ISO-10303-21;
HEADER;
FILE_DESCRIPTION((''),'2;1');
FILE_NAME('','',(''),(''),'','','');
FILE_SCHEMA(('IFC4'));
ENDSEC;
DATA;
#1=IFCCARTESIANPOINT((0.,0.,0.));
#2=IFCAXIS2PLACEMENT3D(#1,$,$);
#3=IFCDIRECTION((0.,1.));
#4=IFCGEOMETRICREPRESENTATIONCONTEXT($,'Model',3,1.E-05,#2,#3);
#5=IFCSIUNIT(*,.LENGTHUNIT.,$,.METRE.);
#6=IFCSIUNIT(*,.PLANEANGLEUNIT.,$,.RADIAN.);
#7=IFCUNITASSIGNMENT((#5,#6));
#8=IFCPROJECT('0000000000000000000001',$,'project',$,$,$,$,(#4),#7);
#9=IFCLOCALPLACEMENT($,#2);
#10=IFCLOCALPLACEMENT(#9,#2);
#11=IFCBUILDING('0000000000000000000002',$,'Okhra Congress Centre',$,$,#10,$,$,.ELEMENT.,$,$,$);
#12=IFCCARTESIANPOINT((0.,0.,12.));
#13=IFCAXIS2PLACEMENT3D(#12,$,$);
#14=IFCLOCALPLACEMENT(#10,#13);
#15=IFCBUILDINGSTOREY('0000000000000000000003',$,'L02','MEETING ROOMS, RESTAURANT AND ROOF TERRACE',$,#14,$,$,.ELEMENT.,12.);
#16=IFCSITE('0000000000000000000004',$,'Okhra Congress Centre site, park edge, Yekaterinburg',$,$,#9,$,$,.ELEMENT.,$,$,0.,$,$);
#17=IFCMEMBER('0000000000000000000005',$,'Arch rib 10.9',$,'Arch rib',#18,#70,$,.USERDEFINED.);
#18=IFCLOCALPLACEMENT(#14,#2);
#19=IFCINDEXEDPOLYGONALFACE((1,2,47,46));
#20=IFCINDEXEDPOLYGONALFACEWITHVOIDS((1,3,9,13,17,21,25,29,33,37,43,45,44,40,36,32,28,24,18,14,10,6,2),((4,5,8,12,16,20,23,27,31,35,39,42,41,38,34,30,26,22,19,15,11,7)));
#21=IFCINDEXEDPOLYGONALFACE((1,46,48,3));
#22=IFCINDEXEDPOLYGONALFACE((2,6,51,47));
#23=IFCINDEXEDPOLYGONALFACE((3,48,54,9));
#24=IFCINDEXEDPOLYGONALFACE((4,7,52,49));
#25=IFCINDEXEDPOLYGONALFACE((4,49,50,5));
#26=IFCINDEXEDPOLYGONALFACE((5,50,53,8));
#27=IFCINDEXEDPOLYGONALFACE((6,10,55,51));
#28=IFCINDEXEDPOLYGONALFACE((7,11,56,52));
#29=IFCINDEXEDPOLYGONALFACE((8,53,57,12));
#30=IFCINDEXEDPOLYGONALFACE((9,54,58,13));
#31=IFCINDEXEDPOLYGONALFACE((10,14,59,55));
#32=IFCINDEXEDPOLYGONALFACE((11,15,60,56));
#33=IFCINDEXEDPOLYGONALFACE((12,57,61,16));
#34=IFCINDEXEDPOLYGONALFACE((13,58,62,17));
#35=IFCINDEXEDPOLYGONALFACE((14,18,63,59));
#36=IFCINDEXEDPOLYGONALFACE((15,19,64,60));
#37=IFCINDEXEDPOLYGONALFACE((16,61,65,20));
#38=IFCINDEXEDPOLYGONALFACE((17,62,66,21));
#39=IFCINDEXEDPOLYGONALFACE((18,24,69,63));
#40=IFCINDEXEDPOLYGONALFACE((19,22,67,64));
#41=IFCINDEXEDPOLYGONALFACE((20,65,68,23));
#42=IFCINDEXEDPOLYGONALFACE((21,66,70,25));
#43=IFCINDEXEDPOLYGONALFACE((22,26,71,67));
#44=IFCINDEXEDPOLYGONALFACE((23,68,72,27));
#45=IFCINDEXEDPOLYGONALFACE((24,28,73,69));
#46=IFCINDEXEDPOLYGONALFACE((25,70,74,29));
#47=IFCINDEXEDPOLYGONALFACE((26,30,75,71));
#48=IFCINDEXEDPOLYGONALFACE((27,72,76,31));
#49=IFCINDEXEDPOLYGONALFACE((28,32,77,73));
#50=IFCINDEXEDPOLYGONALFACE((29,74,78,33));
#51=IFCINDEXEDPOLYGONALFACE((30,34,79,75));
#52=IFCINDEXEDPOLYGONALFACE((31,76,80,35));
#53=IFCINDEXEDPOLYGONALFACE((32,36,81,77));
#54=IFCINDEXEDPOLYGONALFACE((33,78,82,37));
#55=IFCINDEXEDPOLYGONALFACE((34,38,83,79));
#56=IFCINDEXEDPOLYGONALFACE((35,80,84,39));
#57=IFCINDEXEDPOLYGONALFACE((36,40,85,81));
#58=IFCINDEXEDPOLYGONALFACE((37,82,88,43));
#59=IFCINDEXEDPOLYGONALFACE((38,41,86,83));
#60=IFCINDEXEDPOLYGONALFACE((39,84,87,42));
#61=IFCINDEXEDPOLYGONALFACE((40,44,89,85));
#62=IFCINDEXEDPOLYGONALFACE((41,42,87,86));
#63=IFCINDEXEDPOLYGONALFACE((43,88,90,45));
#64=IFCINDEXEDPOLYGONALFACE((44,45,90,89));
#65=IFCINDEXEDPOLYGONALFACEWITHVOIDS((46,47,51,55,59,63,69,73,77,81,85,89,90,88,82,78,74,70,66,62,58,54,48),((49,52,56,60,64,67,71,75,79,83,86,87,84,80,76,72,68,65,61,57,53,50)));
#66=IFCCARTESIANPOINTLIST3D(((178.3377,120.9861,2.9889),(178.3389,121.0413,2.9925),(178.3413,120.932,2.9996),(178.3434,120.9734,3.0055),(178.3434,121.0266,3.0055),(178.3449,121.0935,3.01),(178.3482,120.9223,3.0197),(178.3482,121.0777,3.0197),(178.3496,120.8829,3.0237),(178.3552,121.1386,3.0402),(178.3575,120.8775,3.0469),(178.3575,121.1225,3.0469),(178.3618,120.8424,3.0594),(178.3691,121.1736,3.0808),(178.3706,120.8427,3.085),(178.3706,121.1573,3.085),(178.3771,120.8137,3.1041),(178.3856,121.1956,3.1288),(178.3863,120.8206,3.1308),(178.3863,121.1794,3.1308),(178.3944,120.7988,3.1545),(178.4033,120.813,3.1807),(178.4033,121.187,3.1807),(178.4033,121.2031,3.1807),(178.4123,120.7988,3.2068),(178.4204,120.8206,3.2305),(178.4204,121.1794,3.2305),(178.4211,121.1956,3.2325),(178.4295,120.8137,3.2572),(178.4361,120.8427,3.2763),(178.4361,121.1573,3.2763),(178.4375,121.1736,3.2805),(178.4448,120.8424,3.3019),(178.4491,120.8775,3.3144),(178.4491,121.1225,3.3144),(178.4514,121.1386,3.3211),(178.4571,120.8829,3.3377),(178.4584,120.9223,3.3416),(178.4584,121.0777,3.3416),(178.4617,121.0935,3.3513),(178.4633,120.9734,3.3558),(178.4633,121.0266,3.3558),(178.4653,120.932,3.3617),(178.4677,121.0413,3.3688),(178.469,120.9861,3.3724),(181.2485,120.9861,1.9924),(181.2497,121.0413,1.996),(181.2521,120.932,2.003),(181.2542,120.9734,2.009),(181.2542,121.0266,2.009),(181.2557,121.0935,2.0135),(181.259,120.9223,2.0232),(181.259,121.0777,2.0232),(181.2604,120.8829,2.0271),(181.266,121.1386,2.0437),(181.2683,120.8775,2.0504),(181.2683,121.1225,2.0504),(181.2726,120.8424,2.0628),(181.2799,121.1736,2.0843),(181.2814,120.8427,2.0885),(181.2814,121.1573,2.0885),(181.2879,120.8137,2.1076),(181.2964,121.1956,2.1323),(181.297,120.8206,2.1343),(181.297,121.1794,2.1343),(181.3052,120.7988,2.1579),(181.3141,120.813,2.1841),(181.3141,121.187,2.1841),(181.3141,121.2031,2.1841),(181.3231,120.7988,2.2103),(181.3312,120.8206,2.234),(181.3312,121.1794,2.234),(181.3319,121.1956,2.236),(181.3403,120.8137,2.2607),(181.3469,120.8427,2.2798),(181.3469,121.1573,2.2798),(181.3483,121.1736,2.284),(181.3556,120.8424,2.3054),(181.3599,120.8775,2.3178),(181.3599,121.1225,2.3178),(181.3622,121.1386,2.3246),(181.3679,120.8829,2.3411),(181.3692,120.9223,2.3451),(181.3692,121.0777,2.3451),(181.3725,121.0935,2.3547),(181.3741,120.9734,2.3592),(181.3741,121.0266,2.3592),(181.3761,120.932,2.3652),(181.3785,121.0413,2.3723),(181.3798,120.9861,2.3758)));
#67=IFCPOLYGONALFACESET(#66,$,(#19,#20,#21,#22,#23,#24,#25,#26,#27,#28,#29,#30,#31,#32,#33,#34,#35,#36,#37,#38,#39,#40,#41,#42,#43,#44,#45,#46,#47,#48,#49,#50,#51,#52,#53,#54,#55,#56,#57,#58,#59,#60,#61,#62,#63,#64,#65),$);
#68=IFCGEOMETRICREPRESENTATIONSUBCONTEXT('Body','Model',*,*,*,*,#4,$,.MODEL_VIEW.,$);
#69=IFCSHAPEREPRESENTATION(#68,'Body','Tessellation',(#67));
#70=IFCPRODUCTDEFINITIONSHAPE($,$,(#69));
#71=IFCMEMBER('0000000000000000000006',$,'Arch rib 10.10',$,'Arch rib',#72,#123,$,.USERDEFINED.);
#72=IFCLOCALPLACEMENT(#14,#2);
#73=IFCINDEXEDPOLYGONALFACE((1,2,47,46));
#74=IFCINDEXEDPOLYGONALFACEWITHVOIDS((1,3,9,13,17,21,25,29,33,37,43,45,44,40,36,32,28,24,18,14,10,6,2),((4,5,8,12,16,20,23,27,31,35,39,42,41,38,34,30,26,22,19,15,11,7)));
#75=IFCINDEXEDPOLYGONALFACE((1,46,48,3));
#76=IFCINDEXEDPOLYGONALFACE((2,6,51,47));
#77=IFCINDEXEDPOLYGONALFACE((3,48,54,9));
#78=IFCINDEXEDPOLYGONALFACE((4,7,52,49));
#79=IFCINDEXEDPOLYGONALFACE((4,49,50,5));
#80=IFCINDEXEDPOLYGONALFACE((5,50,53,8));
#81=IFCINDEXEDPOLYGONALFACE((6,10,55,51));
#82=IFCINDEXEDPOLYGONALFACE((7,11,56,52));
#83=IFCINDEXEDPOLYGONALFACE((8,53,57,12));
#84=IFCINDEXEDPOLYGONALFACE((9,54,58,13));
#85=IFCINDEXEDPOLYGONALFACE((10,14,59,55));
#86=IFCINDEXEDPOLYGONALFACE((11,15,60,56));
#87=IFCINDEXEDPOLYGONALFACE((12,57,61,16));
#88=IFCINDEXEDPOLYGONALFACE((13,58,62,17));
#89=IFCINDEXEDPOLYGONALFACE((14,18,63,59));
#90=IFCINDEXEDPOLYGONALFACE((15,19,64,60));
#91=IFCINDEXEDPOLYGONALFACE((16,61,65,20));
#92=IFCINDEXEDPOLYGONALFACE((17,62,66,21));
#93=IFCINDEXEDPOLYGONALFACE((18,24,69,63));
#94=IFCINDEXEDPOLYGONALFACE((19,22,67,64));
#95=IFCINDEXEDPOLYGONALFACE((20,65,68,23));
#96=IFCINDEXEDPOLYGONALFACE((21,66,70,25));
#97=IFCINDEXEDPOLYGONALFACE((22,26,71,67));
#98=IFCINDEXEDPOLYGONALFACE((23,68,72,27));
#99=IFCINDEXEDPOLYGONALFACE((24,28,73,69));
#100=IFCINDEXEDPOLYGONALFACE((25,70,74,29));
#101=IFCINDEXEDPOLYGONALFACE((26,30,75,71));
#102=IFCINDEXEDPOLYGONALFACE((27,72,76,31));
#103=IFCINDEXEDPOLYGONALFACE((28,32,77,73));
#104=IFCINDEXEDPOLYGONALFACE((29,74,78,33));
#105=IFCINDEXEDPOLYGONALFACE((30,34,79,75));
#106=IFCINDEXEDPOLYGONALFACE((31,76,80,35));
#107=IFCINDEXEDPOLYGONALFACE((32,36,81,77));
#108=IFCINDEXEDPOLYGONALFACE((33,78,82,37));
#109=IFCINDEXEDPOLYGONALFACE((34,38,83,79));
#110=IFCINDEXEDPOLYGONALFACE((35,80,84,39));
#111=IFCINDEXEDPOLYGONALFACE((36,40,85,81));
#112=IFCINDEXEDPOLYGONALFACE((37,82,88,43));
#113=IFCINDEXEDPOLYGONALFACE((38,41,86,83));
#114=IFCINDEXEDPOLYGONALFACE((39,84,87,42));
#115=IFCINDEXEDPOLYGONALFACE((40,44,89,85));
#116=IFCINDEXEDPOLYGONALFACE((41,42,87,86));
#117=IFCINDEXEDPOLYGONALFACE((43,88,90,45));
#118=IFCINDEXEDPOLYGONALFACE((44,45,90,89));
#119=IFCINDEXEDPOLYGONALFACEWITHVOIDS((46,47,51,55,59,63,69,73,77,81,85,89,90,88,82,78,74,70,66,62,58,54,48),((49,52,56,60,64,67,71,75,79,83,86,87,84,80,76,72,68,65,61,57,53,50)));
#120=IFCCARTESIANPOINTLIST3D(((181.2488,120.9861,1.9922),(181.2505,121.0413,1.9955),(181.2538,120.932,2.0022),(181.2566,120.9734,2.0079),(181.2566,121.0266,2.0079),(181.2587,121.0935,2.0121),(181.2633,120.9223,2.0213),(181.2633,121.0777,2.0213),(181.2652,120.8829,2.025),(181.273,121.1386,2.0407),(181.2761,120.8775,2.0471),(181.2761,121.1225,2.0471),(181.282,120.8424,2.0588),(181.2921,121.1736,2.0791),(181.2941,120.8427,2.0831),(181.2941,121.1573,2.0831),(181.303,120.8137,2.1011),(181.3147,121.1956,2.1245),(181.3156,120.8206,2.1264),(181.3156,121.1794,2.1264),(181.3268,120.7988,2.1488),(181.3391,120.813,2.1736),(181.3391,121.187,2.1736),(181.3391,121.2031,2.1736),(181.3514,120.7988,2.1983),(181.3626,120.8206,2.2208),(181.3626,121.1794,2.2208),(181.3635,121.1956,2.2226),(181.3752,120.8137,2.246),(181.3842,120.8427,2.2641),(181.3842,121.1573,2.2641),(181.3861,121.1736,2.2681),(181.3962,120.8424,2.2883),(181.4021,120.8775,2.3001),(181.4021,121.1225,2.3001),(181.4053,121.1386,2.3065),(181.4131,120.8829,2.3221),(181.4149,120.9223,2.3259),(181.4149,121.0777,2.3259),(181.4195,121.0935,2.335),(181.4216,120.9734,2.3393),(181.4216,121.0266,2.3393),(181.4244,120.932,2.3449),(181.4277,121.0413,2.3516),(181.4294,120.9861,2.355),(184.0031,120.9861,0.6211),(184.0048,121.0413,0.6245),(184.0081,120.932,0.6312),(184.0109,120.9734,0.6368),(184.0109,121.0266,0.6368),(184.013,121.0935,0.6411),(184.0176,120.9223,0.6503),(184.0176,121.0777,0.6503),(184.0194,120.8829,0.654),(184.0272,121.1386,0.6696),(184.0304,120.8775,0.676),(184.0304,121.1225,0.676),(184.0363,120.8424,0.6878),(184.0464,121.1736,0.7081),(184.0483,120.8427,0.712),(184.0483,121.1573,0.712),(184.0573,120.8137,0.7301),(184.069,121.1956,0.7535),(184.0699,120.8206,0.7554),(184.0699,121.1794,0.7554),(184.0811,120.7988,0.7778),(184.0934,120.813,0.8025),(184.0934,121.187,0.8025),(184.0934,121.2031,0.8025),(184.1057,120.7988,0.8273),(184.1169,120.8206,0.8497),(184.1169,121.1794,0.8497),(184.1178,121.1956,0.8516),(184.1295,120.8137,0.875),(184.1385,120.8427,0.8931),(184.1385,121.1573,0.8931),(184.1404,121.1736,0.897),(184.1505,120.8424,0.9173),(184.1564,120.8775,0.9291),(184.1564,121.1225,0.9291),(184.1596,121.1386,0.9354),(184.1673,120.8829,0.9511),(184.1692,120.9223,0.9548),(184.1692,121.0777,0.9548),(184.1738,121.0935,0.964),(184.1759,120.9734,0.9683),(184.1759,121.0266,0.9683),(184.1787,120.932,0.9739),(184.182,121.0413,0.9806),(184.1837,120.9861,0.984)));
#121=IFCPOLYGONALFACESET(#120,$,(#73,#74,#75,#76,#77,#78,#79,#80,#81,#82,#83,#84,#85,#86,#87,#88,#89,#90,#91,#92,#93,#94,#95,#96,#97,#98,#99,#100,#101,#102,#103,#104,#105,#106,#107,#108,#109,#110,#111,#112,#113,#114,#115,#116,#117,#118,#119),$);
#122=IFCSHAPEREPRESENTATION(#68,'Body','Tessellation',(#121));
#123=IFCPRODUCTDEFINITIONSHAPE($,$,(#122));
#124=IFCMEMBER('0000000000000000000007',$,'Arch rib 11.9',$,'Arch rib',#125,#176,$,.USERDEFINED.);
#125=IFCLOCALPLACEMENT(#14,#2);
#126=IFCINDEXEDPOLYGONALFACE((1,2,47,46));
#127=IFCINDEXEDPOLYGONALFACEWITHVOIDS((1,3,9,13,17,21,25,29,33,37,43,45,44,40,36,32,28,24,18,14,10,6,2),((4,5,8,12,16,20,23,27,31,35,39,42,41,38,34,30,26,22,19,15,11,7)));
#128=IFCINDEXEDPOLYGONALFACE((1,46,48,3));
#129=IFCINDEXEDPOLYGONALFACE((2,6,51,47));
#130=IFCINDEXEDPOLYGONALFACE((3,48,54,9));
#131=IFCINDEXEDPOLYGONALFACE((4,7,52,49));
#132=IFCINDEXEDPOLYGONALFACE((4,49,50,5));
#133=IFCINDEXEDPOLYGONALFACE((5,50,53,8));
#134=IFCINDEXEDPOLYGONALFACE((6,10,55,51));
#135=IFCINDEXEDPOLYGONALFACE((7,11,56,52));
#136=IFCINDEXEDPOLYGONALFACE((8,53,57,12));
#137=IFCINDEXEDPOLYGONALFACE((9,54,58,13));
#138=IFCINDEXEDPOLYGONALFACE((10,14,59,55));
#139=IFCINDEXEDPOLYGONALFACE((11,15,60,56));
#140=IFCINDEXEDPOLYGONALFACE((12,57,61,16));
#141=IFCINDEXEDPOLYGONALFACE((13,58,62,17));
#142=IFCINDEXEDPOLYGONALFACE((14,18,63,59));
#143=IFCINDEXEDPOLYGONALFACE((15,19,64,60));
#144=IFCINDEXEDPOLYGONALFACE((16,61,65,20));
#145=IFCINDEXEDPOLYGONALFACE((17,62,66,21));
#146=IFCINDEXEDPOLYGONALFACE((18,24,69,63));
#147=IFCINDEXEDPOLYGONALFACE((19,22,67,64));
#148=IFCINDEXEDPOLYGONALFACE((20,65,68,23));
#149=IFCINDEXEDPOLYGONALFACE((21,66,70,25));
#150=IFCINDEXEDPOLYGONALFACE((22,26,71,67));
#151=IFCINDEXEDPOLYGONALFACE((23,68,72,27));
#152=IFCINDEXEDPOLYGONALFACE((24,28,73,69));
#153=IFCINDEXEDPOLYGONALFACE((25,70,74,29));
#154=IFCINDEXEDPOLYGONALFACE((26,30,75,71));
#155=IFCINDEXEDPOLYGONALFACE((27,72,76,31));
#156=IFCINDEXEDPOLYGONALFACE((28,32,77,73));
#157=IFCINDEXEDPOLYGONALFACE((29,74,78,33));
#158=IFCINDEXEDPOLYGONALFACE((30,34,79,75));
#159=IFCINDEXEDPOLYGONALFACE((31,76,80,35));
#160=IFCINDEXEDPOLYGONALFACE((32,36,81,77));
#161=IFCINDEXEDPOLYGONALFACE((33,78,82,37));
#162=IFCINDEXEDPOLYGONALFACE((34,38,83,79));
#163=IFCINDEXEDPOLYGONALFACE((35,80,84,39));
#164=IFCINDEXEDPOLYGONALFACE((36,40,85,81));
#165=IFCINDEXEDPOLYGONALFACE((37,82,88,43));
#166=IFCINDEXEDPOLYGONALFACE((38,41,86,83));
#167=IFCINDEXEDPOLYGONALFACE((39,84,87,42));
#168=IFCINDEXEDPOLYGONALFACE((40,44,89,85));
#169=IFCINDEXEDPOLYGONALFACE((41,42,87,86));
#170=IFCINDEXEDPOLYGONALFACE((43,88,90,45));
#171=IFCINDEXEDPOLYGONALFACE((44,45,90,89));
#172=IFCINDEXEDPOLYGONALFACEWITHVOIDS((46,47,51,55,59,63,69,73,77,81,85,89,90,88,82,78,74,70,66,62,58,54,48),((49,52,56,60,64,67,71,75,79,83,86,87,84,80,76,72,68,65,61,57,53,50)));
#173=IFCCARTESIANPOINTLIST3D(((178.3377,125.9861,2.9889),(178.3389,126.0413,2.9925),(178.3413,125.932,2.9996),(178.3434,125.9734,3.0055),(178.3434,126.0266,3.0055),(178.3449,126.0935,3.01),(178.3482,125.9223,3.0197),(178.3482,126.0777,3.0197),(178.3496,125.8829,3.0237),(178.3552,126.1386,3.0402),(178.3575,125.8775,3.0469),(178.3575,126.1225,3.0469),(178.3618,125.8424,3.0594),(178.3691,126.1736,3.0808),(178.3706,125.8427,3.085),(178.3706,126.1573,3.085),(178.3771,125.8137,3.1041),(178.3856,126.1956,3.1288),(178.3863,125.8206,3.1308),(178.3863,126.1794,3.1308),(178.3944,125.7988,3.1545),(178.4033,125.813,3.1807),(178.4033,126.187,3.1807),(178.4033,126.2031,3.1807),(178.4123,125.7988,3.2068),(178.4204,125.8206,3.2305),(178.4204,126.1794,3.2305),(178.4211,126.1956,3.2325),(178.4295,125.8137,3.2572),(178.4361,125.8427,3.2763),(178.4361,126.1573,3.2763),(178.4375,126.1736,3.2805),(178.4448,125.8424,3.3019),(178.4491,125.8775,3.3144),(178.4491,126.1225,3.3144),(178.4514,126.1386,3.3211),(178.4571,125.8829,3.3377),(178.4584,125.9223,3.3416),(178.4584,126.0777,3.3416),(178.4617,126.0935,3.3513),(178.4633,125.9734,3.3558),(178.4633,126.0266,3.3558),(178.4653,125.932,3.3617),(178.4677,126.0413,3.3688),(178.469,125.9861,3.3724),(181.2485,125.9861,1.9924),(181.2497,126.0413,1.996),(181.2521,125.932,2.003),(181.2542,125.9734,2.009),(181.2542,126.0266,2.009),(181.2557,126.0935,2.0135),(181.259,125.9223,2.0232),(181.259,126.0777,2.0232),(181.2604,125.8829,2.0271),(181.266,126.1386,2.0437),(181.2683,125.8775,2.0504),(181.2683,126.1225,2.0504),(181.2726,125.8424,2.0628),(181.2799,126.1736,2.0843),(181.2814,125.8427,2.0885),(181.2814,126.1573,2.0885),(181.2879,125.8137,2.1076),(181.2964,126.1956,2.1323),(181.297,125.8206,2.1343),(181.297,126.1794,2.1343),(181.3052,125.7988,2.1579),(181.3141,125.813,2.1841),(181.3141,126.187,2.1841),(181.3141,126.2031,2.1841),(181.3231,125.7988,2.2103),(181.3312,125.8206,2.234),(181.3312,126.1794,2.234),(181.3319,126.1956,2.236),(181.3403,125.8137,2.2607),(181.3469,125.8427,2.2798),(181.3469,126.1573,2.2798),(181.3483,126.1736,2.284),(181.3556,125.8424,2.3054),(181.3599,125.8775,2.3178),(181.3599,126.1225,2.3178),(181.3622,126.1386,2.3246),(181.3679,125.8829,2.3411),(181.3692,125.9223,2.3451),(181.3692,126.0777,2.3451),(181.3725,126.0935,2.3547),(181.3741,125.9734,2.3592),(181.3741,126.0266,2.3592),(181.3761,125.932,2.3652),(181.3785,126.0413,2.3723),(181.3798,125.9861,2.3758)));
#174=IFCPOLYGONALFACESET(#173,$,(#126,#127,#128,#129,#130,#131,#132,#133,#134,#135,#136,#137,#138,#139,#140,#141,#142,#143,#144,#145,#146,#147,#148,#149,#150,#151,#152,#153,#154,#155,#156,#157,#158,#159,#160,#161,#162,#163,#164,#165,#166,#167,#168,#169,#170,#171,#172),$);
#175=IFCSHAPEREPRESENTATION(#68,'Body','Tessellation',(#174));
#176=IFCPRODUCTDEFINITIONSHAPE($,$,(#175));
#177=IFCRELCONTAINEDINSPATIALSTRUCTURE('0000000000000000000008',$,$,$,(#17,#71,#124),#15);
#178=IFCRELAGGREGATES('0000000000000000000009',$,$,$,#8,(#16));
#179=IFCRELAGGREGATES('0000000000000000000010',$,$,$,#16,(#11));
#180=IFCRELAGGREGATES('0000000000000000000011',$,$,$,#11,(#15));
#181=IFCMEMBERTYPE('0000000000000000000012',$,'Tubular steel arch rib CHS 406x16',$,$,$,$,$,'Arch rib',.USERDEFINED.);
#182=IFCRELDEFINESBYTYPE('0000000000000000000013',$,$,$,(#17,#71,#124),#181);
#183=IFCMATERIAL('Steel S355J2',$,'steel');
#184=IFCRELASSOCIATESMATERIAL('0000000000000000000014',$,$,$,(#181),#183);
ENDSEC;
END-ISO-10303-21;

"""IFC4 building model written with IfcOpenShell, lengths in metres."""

from ifc_helpers import new_model, si_unit, direction, frame, origin, origin_2d, place, context, subcontext, project, spatial, hollow_circle, extrude, material, material_profile, profile_set, type_object, element, save


model = new_model("IFC4")

# Units and contexts
model_context = context("Model", 3, precision=1e-05, world=origin(), true_north=direction((0.0, 1.0)))
body_context = subcontext(model_context, "Body", "Model", "MODEL_VIEW")
ifc_project = project(units=[si_unit("LENGTHUNIT", "METRE"), si_unit("PLANEANGLEUNIT", "RADIAN")], contexts=[model_context])

# Site, building, storey
site_placement = place(None, origin())
site = spatial("IfcSite", under=ifc_project, at=site_placement, Name="Okhra Congress Centre site, park edge, Yekaterinburg", CompositionType="ELEMENT", RefElevation=0.0)
building_placement = place(site_placement, origin())
building = spatial("IfcBuilding", under=site, at=building_placement, Name="Okhra Congress Centre", CompositionType="ELEMENT")
storey_placement = place(building_placement, frame((0.0, 0.0, 12.0)))
storey = spatial("IfcBuildingStorey", under=building, at=storey_placement, Name="L02", Description="MEETING ROOMS, RESTAURANT AND ROOF TERRACE", CompositionType="ELEMENT", Elevation=12.0)

# Members
ifc_material_1 = material(Name="Steel S355J2", Category="steel")
ifc_material_profile_1 = material_profile(ifc_material_1, hollow_circle(Radius=0.2031, WallThickness=0.0161, at=origin_2d()), Name="CHS 406.4x16")
ifc_profile_set_1 = profile_set([ifc_material_profile_1], Name="Steel S355J2")
member_type_1 = type_object("IfcMemberType", Name="Tubular steel arch rib CHS 406x16", ElementType="Arch rib", PredefinedType="USERDEFINED", material=ifc_profile_set_1)
for number, where, z_axis, x_axis, name in (
    (1, (178.4033, 121.0, 3.1807), (0.946089, 0.0, -0.323906), (0.0, 1.0, 0.0), "Arch rib 10.9"),
    (2, (181.3391, 121.0, 2.1736), (0.895219, 0.0, -0.445626), (0.0, 1.0, 0.0), "Arch rib 10.10"),
    (3, (178.4033, 126.0, 3.1807), (0.946089, 0.0, -0.323906), (0.0, 1.0, 0.0), "Arch rib 11.9"),
):
    element("IfcMember", number, at=place(storey_placement, frame(where, z_axis=z_axis, x_axis=x_axis)), inside=storey, type_object=member_type_1, Name=name, ObjectType="Arch rib", PredefinedType="USERDEFINED", context=body_context, shape_type="SweptSolid", body=[
        extrude(hollow_circle(Radius=0.2031, WallThickness=0.0161, at=origin_2d()), origin(), (0.0, 0.0, 1.0), 3.0767),
    ])

save(model, "model.ifc")
